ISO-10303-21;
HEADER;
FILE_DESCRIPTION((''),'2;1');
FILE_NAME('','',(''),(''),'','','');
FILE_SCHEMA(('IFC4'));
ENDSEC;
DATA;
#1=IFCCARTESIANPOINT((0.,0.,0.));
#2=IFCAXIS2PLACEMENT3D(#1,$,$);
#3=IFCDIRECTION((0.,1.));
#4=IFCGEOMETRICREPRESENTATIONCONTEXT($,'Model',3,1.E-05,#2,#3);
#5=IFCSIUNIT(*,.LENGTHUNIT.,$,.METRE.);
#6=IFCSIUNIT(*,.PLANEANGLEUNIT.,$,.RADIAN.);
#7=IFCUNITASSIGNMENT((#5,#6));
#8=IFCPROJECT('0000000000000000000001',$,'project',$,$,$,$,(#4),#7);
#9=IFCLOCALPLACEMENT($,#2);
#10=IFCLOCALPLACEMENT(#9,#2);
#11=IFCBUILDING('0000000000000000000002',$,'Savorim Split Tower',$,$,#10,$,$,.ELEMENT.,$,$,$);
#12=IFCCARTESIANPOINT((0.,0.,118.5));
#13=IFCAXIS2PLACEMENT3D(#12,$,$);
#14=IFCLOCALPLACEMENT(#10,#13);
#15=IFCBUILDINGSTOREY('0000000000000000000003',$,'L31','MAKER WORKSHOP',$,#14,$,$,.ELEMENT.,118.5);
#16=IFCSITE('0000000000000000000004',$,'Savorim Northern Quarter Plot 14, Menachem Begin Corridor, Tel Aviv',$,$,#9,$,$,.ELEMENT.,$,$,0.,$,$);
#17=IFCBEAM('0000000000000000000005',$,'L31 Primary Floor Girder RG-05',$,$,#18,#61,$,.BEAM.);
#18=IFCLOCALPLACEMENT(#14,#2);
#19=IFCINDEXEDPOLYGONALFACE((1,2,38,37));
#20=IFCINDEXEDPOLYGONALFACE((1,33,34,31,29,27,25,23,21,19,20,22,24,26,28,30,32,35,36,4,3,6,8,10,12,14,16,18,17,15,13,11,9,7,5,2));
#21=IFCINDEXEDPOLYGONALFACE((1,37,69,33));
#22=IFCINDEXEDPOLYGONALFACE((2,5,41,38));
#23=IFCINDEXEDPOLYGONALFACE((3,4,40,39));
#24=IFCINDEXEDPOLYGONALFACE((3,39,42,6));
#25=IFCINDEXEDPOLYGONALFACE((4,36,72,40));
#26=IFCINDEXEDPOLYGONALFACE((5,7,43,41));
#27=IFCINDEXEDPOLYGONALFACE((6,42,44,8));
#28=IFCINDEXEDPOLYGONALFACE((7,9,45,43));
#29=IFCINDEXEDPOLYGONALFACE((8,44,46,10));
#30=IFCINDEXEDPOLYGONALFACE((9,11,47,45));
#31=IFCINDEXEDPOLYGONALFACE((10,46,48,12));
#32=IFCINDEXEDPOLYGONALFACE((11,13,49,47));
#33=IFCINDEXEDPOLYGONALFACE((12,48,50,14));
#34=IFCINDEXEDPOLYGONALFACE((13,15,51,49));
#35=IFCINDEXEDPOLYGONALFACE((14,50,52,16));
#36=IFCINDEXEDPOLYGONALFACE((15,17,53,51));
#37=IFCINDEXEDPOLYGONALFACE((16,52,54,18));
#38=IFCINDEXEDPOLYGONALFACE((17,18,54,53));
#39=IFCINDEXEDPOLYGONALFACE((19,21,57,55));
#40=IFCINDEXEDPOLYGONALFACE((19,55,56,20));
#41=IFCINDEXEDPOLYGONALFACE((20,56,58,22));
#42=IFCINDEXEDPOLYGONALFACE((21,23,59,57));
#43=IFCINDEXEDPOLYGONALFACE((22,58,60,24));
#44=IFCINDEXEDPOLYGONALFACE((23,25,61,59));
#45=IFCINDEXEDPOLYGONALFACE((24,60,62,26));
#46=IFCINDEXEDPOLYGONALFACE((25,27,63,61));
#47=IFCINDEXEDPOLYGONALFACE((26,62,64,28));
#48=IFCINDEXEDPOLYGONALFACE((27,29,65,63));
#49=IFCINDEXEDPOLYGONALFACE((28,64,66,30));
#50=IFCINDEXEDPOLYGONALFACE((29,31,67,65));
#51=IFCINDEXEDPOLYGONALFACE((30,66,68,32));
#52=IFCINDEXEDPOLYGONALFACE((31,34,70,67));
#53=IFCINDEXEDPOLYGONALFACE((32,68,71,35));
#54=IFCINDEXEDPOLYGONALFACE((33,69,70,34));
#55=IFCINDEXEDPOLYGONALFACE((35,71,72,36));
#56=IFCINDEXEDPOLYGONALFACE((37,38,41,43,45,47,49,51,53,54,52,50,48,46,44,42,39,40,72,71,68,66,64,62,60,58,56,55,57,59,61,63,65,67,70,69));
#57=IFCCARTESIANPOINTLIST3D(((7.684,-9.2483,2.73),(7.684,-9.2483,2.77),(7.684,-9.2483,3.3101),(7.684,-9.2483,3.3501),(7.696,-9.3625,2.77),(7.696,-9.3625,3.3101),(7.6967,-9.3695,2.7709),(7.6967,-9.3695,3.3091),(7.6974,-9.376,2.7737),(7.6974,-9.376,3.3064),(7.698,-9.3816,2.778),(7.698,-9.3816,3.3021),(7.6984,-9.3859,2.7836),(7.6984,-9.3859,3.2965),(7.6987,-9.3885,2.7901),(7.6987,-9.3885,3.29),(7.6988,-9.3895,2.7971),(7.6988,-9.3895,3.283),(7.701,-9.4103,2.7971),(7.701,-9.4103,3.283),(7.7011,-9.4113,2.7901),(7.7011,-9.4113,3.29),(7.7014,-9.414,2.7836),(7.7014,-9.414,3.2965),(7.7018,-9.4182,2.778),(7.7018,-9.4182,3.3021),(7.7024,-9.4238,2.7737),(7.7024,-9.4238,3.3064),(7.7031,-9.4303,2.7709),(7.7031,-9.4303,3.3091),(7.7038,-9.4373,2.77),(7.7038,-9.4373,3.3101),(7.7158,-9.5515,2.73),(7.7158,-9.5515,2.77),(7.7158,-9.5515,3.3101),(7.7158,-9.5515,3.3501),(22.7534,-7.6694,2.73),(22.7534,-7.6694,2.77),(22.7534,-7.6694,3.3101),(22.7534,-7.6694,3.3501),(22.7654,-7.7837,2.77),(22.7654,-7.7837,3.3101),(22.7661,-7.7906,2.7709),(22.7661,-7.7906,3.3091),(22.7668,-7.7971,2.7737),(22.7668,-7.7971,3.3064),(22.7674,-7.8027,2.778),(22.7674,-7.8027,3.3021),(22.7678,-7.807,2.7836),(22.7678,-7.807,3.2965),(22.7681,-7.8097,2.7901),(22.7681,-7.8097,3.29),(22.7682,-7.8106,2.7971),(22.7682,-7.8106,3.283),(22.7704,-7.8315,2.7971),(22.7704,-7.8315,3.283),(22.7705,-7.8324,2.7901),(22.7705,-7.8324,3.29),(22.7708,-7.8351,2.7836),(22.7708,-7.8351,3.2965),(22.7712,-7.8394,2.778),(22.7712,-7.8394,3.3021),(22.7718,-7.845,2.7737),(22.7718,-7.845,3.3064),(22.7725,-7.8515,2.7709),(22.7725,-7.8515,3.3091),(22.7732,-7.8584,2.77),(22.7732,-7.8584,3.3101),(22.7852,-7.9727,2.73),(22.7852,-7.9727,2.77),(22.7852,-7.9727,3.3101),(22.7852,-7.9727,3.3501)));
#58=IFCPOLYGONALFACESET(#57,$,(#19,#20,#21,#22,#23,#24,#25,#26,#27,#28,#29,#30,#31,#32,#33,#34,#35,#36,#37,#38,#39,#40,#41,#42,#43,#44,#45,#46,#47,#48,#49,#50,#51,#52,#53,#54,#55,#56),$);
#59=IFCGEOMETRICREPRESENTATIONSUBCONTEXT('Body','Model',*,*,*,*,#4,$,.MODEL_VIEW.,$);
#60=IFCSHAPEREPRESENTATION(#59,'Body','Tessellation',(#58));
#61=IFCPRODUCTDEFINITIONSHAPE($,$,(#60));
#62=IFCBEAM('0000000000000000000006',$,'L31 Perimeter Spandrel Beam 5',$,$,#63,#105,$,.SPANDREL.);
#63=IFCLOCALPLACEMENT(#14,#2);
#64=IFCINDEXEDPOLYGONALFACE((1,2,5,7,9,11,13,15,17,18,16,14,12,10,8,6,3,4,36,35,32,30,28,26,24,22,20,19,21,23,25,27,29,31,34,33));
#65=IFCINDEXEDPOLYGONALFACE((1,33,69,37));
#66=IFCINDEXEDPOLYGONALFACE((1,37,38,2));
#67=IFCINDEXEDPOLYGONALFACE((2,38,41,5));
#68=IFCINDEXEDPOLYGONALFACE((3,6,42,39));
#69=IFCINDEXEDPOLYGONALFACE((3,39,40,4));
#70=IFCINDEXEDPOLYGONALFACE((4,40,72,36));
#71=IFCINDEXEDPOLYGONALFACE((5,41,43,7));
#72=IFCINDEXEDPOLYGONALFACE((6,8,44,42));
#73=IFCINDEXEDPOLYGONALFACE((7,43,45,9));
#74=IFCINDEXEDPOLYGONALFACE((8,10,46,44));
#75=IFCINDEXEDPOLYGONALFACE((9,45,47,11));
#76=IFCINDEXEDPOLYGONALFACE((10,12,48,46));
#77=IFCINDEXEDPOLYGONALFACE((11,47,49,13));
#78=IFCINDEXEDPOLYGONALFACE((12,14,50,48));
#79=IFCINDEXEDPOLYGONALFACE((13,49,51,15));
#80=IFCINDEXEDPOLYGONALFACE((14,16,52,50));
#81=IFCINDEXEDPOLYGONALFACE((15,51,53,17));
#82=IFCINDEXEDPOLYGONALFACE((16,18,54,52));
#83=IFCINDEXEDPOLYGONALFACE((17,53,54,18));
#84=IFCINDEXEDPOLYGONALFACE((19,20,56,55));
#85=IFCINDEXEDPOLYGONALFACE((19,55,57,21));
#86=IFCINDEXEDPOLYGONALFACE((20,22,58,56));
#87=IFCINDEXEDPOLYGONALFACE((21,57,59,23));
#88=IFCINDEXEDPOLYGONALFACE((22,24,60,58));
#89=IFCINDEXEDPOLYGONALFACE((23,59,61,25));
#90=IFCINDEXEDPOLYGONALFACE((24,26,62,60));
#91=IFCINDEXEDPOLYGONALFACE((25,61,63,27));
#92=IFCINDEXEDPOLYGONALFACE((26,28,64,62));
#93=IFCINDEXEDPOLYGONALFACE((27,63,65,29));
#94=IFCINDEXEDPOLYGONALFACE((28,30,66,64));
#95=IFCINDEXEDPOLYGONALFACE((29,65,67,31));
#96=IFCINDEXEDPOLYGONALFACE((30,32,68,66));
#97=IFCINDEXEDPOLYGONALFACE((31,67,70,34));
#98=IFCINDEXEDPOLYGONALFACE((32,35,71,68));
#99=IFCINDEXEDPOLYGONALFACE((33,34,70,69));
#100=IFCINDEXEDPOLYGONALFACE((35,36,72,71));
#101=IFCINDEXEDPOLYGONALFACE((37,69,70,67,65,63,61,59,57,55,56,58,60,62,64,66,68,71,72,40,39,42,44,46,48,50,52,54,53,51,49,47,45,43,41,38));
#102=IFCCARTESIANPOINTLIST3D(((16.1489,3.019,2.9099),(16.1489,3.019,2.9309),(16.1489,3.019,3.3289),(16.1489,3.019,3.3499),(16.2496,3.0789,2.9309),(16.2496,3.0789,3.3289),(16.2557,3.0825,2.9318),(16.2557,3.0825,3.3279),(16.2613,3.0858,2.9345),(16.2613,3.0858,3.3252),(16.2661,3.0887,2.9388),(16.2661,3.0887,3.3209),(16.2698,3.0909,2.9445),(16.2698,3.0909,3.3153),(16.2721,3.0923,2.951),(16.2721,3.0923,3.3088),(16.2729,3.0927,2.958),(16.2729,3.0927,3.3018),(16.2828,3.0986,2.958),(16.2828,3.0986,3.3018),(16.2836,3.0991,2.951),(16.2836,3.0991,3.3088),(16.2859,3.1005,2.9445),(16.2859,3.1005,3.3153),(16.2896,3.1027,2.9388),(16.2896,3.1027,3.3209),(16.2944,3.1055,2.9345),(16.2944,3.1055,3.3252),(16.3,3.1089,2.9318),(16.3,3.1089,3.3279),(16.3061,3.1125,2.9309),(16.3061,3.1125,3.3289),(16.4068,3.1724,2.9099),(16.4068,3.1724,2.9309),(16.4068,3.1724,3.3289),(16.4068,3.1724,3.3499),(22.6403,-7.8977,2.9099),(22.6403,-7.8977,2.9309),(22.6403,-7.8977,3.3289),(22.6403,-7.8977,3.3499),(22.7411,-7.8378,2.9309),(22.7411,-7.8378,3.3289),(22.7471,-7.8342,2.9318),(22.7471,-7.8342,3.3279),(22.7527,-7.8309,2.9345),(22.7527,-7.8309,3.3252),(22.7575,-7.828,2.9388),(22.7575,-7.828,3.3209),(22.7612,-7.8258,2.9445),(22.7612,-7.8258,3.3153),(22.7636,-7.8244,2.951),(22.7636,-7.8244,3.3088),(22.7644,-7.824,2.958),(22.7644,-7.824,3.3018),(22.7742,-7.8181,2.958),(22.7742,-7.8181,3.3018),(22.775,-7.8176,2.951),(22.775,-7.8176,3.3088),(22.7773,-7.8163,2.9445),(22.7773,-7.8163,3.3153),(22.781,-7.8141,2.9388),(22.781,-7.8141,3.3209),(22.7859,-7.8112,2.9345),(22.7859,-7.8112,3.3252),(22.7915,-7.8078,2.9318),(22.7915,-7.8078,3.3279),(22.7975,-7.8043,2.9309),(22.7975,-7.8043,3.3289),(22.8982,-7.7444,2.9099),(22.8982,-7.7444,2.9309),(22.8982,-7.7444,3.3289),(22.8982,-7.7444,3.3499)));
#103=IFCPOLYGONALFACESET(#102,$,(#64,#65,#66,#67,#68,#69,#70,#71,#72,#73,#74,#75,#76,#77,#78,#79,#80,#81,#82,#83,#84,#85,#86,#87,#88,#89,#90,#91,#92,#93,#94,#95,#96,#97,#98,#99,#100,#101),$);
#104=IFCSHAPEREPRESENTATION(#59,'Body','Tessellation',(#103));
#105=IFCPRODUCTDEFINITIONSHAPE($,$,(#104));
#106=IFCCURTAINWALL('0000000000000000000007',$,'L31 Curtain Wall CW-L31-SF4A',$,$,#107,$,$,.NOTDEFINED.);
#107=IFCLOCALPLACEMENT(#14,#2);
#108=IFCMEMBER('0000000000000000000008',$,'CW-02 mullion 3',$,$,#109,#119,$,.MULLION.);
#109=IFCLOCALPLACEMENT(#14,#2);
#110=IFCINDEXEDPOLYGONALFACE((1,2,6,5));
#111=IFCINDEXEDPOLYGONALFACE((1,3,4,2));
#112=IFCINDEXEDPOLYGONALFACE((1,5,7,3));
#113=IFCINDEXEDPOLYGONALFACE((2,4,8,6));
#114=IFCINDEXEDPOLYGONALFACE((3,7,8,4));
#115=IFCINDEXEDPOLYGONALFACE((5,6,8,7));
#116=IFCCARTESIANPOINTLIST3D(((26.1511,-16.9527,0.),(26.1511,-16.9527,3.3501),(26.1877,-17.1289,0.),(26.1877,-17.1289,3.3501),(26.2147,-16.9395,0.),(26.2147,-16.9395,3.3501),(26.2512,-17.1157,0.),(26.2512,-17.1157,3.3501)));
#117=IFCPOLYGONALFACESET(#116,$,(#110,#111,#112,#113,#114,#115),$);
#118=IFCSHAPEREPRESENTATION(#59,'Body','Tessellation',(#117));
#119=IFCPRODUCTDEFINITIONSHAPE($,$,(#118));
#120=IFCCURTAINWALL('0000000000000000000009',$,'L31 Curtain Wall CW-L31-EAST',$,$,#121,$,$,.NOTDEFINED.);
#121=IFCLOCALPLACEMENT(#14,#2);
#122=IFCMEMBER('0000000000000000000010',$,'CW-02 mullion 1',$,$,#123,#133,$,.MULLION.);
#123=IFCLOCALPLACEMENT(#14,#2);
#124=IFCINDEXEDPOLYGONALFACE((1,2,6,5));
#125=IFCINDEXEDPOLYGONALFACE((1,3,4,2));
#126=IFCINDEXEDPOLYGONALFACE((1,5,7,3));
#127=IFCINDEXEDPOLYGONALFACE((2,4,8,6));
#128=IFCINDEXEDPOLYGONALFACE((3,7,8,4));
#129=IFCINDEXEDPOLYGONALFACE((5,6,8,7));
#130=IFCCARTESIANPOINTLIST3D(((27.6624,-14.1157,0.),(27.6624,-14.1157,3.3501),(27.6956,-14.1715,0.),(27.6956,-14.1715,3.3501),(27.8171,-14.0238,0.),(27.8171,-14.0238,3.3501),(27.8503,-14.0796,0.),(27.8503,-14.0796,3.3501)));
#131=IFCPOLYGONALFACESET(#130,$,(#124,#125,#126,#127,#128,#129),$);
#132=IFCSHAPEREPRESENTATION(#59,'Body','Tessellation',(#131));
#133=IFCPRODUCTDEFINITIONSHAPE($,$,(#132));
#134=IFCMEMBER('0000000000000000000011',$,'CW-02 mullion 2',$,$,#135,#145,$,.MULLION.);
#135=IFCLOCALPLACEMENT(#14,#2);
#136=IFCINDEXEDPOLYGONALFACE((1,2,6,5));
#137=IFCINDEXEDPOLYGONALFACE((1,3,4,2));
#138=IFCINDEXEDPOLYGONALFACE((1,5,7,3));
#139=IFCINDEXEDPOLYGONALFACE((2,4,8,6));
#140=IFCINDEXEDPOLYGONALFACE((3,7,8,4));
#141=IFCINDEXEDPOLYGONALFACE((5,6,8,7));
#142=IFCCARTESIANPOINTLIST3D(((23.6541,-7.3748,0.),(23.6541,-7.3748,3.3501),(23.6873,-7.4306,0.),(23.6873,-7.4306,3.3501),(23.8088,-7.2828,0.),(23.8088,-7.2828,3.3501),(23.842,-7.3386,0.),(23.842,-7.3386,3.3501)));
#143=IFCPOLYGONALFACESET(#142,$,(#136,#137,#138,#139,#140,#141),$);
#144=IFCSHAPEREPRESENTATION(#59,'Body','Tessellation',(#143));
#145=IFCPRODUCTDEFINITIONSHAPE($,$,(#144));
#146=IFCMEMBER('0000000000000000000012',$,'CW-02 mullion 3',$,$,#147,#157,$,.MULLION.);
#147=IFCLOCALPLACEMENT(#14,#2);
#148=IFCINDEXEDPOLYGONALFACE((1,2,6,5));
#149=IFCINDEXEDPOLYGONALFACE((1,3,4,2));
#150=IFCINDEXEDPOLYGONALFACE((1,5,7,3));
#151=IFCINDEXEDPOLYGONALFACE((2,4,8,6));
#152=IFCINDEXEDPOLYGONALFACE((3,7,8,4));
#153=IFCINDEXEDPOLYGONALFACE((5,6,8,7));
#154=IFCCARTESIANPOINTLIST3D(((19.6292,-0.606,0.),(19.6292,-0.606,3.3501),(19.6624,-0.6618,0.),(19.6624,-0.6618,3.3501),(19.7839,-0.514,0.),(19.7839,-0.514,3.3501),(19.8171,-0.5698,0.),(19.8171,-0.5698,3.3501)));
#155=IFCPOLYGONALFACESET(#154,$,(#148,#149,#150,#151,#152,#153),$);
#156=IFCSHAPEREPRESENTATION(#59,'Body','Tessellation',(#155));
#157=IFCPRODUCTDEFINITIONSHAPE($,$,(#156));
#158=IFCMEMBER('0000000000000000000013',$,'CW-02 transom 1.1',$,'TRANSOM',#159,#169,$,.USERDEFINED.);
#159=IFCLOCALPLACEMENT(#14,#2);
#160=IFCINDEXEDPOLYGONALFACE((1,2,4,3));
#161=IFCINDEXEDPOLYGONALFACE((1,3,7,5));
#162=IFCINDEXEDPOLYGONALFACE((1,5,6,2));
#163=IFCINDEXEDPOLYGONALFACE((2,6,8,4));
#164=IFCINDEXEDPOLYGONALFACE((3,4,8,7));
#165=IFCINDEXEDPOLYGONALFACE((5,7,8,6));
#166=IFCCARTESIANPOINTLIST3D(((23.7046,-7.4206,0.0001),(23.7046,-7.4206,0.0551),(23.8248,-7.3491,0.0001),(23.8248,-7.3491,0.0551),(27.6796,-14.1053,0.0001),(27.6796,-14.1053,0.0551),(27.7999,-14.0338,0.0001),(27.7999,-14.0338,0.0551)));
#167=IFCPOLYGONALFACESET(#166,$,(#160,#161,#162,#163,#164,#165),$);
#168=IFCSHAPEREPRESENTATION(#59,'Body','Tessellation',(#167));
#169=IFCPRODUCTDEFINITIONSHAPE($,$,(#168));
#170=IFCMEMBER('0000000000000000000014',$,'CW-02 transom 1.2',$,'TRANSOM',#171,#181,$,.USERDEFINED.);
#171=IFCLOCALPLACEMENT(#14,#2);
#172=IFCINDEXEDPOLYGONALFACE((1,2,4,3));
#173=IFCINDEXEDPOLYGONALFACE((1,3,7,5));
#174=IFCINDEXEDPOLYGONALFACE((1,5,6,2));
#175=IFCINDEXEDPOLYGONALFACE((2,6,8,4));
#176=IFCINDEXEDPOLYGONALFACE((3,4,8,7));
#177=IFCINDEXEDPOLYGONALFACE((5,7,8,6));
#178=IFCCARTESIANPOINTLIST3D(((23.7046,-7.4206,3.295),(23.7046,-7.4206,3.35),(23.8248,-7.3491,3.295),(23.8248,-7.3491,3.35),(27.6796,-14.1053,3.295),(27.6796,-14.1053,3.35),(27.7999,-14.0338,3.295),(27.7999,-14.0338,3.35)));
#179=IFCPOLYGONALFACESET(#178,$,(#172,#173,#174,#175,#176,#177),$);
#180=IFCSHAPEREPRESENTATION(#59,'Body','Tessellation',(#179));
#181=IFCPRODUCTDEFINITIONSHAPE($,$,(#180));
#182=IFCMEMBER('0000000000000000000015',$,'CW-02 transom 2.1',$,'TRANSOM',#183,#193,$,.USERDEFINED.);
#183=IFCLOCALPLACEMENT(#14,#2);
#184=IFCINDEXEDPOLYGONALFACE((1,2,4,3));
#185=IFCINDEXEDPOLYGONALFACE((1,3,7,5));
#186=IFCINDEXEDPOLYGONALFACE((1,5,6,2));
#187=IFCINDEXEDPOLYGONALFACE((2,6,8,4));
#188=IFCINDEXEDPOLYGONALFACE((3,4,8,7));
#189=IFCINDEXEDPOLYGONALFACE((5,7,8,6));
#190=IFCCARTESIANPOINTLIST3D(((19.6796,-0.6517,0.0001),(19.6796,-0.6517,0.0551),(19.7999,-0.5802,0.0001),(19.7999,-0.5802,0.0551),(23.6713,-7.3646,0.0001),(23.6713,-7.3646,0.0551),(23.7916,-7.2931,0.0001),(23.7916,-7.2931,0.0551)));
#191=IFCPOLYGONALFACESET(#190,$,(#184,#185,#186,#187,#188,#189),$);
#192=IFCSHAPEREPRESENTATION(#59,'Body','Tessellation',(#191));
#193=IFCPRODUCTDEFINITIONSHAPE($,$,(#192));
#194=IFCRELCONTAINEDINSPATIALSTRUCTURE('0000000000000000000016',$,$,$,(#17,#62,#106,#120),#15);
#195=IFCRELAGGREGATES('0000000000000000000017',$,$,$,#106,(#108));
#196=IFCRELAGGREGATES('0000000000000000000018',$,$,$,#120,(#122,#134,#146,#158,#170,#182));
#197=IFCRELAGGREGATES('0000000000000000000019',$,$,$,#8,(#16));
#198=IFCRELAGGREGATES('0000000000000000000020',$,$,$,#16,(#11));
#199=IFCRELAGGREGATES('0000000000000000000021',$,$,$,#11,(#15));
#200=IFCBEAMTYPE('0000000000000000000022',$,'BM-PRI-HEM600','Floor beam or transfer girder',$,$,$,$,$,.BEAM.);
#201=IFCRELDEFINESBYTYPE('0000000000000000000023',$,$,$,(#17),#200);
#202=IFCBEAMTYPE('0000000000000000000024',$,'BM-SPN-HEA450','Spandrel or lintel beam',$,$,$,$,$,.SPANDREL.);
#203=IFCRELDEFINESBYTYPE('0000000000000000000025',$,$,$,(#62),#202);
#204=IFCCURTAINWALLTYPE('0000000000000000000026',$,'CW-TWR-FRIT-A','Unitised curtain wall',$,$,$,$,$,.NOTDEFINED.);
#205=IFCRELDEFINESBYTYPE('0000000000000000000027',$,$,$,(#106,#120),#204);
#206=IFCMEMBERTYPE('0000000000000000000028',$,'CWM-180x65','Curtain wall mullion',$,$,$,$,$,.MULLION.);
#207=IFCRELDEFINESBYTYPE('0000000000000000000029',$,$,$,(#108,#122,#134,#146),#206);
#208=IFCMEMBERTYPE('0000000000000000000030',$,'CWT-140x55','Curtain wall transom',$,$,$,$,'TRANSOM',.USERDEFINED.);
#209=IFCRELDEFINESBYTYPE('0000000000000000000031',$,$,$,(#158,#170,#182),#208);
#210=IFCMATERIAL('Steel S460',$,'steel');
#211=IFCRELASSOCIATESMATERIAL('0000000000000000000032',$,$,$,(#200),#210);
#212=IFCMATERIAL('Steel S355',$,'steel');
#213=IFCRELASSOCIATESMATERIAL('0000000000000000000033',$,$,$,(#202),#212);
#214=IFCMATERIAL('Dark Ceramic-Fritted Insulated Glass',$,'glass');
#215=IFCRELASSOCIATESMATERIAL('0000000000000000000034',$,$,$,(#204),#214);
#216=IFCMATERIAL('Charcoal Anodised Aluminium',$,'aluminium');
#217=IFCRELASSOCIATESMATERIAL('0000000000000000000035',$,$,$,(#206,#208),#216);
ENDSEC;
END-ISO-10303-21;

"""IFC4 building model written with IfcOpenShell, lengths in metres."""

from ifc_helpers import new_model, si_unit, direction, frame, origin, origin_2d, place, context, subcontext, project, spatial, rectangle, i_section, extrude, material, material_profile, profile_set, type_object, element, aggregate, save


model = new_model("IFC4")

# Units and contexts
model_context = context("Model", 3, precision=1e-05, world=origin(), true_north=direction((0.0, 1.0)))
body_context = subcontext(model_context, "Body", "Model", "MODEL_VIEW")
ifc_project = project(units=[si_unit("LENGTHUNIT", "METRE"), si_unit("PLANEANGLEUNIT", "RADIAN")], contexts=[model_context])

# Site, building, storey
site_placement = place(None, origin())
site = spatial("IfcSite", under=ifc_project, at=site_placement, Name="Savorim Northern Quarter Plot 14, Menachem Begin Corridor, Tel Aviv", CompositionType="ELEMENT", RefElevation=0.0)
building_placement = place(site_placement, origin())
building = spatial("IfcBuilding", under=site, at=building_placement, Name="Savorim Split Tower", CompositionType="ELEMENT")
storey_placement = place(building_placement, frame((0.0, 0.0, 118.5)))
storey = spatial("IfcBuildingStorey", under=building, at=storey_placement, Name="L31", Description="MAKER WORKSHOP", CompositionType="ELEMENT", Elevation=118.5)

# Shared definitions
ifc_material_1 = material(Name="Steel S460", Category="steel")

# Beams
ifc_material_2 = material(Name="Steel S355", Category="steel")
ifc_material_profile_1 = material_profile(ifc_material_1, i_section(OverallWidth=0.3049, OverallDepth=0.6201, WebThickness=0.021, FlangeThickness=0.04, FilletRadius=0.0271, at=origin_2d()), Name="HE 600 M")
ifc_profile_set_1 = profile_set([ifc_material_profile_1], Name="Steel S460")
beam_type_1 = type_object("IfcBeamType", Name="BM-PRI-HEM600", Description="Floor beam or transfer girder", PredefinedType="BEAM", material=ifc_profile_set_1)
beam_1_placement = place(storey_placement, frame((22.7693, -7.821, 3.04), z_axis=(-0.994556, -0.104202, 0.0), x_axis=(0.104202, -0.994556, 0.0)))
element("IfcBeam", 1, at=beam_1_placement, inside=storey, type_object=beam_type_1, Name="L31 Primary Floor Girder RG-05", PredefinedType="BEAM", context=body_context, shape_type="SweptSolid", body=[
    extrude(i_section(OverallWidth=0.3049, OverallDepth=0.6201, WebThickness=0.021, FlangeThickness=0.04, FilletRadius=0.0271, at=origin_2d()), origin(), (0.0, 0.0, 1.0), 15.1519),
])
ifc_material_profile_2 = material_profile(ifc_material_2, i_section(OverallWidth=0.3, OverallDepth=0.4399, WebThickness=0.0115, FlangeThickness=0.021, FilletRadius=0.0271, at=origin_2d()), Name="HEA 450")
ifc_profile_set_2 = profile_set([ifc_material_profile_2], Name="Steel S355")
beam_type_2 = type_object("IfcBeamType", Name="BM-SPN-HEA450", Description="Spandrel or lintel beam", PredefinedType="SPANDREL", material=ifc_profile_set_2)
beam_2_placement = place(storey_placement, frame((22.7693, -7.821, 3.1299), z_axis=(-0.5111, 0.859522, 0.0), x_axis=(-0.859522, -0.5111, 0.0)))
element("IfcBeam", 2, at=beam_2_placement, inside=storey, type_object=beam_type_2, Name="L31 Perimeter Spandrel Beam 5", PredefinedType="SPANDREL", context=body_context, shape_type="SweptSolid", body=[
    extrude(i_section(OverallWidth=0.3, OverallDepth=0.4399, WebThickness=0.0115, FlangeThickness=0.021, FilletRadius=0.0271, at=origin_2d()), origin(), (0.0, 0.0, 1.0), 12.7009),
])

# Curtain wall, member
ifc_material_3 = material(Name="Dark Ceramic-Fritted Insulated Glass", Category="glass")
curtain_wall_type = type_object("IfcCurtainWallType", Name="CW-TWR-FRIT-A", Description="Unitised curtain wall", PredefinedType="NOTDEFINED", material=ifc_material_3)
curtain_wall_1_placement = place(storey_placement, origin())
curtain_wall_1 = element("IfcCurtainWall", 3, at=curtain_wall_1_placement, inside=storey, type_object=curtain_wall_type, Name="L31 Curtain Wall CW-L31-SF4A", PredefinedType="NOTDEFINED")
ifc_material_4 = material(Name="Charcoal Anodised Aluminium", Category="aluminium")
ifc_material_profile_3 = material_profile(ifc_material_4, rectangle(XDim=0.1799, YDim=0.0649, at=origin_2d()), Name="ALU-M 180x65")
ifc_profile_set_3 = profile_set([ifc_material_profile_3], Name="Charcoal Anodised Aluminium")
member_type_1 = type_object("IfcMemberType", Name="CWM-180x65", Description="Curtain wall mullion", PredefinedType="MULLION", material=ifc_profile_set_3)
member_1_placement = place(storey_placement, frame((26.2012, -17.0342, 0.0), z_axis=(0.0, 0.0, 1.0), x_axis=(-0.203216, 0.979134, 0.0)))
member_1 = element("IfcMember", 4, at=member_1_placement, type_object=member_type_1, Name="CW-02 mullion 3", PredefinedType="MULLION", context=body_context, shape_type="SweptSolid", body=[
    extrude(rectangle(XDim=0.1799, YDim=0.0649, at=origin_2d()), origin(), (0.0, 0.0, 1.0), 3.3501),
])
aggregate(curtain_wall_1, [member_1])

# Curtain wall, members
curtain_wall_2_placement = place(storey_placement, origin())
curtain_wall_2 = element("IfcCurtainWall", 5, at=curtain_wall_2_placement, inside=storey, type_object=curtain_wall_type, Name="L31 Curtain Wall CW-L31-EAST", PredefinedType="NOTDEFINED")
member_2_placement = place(storey_placement, frame((27.7563, -14.0977, 0.0), z_axis=(0.0, 0.0, 1.0), x_axis=(-0.859525, -0.511093, 0.0)))
member_2 = element("IfcMember", 6, at=member_2_placement, type_object=member_type_1, Name="CW-02 mullion 1", PredefinedType="MULLION", context=body_context, shape_type="SweptSolid", body=[
    extrude(rectangle(XDim=0.1799, YDim=0.0649, at=origin_2d()), origin(), (0.0, 0.0, 1.0), 3.3501),
])
member_3_placement = place(storey_placement, frame((23.748, -7.3567, 0.0), z_axis=(0.0, 0.0, 1.0), x_axis=(-0.859525, -0.511093, 0.0)))
member_3 = element("IfcMember", 7, at=member_3_placement, type_object=member_type_1, Name="CW-02 mullion 2", PredefinedType="MULLION", context=body_context, shape_type="SweptSolid", body=[
    extrude(rectangle(XDim=0.1799, YDim=0.0649, at=origin_2d()), origin(), (0.0, 0.0, 1.0), 3.3501),
])
member_4_placement = place(storey_placement, frame((19.7231, -0.5879, 0.0), z_axis=(0.0, 0.0, 1.0), x_axis=(-0.859525, -0.511093, 0.0)))
member_4 = element("IfcMember", 8, at=member_4_placement, type_object=member_type_1, Name="CW-02 mullion 3", PredefinedType="MULLION", context=body_context, shape_type="SweptSolid", body=[
    extrude(rectangle(XDim=0.1799, YDim=0.0649, at=origin_2d()), origin(), (0.0, 0.0, 1.0), 3.3501),
])
ifc_material_profile_4 = material_profile(ifc_material_4, rectangle(XDim=0.1399, YDim=0.0549, at=origin_2d()), Name="ALU-T 140x55")
ifc_profile_set_4 = profile_set([ifc_material_profile_4], Name="Charcoal Anodised Aluminium")
member_type_2 = type_object("IfcMemberType", Name="CWT-140x55", Description="Curtain wall transom", ElementType="TRANSOM", PredefinedType="USERDEFINED", material=ifc_profile_set_4)
member_5_placement = place(storey_placement, frame((27.7397, -14.0696, 0.0276), z_axis=(-0.511108, 0.859517, 0.0), x_axis=(-0.859517, -0.511108, 0.0)))
member_5 = element("IfcMember", 9, at=member_5_placement, type_object=member_type_2, Name="CW-02 transom 1.1", ObjectType="TRANSOM", PredefinedType="USERDEFINED", context=body_context, shape_type="SweptSolid", body=[
    extrude(rectangle(XDim=0.1399, YDim=0.0549, at=origin_2d()), origin(), (0.0, 0.0, 1.0), 7.7773),
])
member_6_placement = place(storey_placement, frame((27.7397, -14.0696, 3.3225), z_axis=(-0.511108, 0.859517, 0.0), x_axis=(-0.859517, -0.511108, 0.0)))
member_6 = element("IfcMember", 10, at=member_6_placement, type_object=member_type_2, Name="CW-02 transom 1.2", ObjectType="TRANSOM", PredefinedType="USERDEFINED", context=body_context, shape_type="SweptSolid", body=[
    extrude(rectangle(XDim=0.1399, YDim=0.0549, at=origin_2d()), origin(), (0.0, 0.0, 1.0), 7.7773),
])
member_7_placement = place(storey_placement, frame((23.7314, -7.3289, 0.0276), z_axis=(-0.511099, 0.859522, 0.0), x_axis=(-0.859522, -0.511099, 0.0)))
member_7 = element("IfcMember", 11, at=member_7_placement, type_object=member_type_2, Name="CW-02 transom 2.1", ObjectType="TRANSOM", PredefinedType="USERDEFINED", context=body_context, shape_type="SweptSolid", body=[
    extrude(rectangle(XDim=0.1399, YDim=0.0549, at=origin_2d()), origin(), (0.0, 0.0, 1.0), 7.8101),
])
aggregate(curtain_wall_2, [member_2, member_3, member_4, member_5, member_6, member_7])

save(model, "model.ifc")
